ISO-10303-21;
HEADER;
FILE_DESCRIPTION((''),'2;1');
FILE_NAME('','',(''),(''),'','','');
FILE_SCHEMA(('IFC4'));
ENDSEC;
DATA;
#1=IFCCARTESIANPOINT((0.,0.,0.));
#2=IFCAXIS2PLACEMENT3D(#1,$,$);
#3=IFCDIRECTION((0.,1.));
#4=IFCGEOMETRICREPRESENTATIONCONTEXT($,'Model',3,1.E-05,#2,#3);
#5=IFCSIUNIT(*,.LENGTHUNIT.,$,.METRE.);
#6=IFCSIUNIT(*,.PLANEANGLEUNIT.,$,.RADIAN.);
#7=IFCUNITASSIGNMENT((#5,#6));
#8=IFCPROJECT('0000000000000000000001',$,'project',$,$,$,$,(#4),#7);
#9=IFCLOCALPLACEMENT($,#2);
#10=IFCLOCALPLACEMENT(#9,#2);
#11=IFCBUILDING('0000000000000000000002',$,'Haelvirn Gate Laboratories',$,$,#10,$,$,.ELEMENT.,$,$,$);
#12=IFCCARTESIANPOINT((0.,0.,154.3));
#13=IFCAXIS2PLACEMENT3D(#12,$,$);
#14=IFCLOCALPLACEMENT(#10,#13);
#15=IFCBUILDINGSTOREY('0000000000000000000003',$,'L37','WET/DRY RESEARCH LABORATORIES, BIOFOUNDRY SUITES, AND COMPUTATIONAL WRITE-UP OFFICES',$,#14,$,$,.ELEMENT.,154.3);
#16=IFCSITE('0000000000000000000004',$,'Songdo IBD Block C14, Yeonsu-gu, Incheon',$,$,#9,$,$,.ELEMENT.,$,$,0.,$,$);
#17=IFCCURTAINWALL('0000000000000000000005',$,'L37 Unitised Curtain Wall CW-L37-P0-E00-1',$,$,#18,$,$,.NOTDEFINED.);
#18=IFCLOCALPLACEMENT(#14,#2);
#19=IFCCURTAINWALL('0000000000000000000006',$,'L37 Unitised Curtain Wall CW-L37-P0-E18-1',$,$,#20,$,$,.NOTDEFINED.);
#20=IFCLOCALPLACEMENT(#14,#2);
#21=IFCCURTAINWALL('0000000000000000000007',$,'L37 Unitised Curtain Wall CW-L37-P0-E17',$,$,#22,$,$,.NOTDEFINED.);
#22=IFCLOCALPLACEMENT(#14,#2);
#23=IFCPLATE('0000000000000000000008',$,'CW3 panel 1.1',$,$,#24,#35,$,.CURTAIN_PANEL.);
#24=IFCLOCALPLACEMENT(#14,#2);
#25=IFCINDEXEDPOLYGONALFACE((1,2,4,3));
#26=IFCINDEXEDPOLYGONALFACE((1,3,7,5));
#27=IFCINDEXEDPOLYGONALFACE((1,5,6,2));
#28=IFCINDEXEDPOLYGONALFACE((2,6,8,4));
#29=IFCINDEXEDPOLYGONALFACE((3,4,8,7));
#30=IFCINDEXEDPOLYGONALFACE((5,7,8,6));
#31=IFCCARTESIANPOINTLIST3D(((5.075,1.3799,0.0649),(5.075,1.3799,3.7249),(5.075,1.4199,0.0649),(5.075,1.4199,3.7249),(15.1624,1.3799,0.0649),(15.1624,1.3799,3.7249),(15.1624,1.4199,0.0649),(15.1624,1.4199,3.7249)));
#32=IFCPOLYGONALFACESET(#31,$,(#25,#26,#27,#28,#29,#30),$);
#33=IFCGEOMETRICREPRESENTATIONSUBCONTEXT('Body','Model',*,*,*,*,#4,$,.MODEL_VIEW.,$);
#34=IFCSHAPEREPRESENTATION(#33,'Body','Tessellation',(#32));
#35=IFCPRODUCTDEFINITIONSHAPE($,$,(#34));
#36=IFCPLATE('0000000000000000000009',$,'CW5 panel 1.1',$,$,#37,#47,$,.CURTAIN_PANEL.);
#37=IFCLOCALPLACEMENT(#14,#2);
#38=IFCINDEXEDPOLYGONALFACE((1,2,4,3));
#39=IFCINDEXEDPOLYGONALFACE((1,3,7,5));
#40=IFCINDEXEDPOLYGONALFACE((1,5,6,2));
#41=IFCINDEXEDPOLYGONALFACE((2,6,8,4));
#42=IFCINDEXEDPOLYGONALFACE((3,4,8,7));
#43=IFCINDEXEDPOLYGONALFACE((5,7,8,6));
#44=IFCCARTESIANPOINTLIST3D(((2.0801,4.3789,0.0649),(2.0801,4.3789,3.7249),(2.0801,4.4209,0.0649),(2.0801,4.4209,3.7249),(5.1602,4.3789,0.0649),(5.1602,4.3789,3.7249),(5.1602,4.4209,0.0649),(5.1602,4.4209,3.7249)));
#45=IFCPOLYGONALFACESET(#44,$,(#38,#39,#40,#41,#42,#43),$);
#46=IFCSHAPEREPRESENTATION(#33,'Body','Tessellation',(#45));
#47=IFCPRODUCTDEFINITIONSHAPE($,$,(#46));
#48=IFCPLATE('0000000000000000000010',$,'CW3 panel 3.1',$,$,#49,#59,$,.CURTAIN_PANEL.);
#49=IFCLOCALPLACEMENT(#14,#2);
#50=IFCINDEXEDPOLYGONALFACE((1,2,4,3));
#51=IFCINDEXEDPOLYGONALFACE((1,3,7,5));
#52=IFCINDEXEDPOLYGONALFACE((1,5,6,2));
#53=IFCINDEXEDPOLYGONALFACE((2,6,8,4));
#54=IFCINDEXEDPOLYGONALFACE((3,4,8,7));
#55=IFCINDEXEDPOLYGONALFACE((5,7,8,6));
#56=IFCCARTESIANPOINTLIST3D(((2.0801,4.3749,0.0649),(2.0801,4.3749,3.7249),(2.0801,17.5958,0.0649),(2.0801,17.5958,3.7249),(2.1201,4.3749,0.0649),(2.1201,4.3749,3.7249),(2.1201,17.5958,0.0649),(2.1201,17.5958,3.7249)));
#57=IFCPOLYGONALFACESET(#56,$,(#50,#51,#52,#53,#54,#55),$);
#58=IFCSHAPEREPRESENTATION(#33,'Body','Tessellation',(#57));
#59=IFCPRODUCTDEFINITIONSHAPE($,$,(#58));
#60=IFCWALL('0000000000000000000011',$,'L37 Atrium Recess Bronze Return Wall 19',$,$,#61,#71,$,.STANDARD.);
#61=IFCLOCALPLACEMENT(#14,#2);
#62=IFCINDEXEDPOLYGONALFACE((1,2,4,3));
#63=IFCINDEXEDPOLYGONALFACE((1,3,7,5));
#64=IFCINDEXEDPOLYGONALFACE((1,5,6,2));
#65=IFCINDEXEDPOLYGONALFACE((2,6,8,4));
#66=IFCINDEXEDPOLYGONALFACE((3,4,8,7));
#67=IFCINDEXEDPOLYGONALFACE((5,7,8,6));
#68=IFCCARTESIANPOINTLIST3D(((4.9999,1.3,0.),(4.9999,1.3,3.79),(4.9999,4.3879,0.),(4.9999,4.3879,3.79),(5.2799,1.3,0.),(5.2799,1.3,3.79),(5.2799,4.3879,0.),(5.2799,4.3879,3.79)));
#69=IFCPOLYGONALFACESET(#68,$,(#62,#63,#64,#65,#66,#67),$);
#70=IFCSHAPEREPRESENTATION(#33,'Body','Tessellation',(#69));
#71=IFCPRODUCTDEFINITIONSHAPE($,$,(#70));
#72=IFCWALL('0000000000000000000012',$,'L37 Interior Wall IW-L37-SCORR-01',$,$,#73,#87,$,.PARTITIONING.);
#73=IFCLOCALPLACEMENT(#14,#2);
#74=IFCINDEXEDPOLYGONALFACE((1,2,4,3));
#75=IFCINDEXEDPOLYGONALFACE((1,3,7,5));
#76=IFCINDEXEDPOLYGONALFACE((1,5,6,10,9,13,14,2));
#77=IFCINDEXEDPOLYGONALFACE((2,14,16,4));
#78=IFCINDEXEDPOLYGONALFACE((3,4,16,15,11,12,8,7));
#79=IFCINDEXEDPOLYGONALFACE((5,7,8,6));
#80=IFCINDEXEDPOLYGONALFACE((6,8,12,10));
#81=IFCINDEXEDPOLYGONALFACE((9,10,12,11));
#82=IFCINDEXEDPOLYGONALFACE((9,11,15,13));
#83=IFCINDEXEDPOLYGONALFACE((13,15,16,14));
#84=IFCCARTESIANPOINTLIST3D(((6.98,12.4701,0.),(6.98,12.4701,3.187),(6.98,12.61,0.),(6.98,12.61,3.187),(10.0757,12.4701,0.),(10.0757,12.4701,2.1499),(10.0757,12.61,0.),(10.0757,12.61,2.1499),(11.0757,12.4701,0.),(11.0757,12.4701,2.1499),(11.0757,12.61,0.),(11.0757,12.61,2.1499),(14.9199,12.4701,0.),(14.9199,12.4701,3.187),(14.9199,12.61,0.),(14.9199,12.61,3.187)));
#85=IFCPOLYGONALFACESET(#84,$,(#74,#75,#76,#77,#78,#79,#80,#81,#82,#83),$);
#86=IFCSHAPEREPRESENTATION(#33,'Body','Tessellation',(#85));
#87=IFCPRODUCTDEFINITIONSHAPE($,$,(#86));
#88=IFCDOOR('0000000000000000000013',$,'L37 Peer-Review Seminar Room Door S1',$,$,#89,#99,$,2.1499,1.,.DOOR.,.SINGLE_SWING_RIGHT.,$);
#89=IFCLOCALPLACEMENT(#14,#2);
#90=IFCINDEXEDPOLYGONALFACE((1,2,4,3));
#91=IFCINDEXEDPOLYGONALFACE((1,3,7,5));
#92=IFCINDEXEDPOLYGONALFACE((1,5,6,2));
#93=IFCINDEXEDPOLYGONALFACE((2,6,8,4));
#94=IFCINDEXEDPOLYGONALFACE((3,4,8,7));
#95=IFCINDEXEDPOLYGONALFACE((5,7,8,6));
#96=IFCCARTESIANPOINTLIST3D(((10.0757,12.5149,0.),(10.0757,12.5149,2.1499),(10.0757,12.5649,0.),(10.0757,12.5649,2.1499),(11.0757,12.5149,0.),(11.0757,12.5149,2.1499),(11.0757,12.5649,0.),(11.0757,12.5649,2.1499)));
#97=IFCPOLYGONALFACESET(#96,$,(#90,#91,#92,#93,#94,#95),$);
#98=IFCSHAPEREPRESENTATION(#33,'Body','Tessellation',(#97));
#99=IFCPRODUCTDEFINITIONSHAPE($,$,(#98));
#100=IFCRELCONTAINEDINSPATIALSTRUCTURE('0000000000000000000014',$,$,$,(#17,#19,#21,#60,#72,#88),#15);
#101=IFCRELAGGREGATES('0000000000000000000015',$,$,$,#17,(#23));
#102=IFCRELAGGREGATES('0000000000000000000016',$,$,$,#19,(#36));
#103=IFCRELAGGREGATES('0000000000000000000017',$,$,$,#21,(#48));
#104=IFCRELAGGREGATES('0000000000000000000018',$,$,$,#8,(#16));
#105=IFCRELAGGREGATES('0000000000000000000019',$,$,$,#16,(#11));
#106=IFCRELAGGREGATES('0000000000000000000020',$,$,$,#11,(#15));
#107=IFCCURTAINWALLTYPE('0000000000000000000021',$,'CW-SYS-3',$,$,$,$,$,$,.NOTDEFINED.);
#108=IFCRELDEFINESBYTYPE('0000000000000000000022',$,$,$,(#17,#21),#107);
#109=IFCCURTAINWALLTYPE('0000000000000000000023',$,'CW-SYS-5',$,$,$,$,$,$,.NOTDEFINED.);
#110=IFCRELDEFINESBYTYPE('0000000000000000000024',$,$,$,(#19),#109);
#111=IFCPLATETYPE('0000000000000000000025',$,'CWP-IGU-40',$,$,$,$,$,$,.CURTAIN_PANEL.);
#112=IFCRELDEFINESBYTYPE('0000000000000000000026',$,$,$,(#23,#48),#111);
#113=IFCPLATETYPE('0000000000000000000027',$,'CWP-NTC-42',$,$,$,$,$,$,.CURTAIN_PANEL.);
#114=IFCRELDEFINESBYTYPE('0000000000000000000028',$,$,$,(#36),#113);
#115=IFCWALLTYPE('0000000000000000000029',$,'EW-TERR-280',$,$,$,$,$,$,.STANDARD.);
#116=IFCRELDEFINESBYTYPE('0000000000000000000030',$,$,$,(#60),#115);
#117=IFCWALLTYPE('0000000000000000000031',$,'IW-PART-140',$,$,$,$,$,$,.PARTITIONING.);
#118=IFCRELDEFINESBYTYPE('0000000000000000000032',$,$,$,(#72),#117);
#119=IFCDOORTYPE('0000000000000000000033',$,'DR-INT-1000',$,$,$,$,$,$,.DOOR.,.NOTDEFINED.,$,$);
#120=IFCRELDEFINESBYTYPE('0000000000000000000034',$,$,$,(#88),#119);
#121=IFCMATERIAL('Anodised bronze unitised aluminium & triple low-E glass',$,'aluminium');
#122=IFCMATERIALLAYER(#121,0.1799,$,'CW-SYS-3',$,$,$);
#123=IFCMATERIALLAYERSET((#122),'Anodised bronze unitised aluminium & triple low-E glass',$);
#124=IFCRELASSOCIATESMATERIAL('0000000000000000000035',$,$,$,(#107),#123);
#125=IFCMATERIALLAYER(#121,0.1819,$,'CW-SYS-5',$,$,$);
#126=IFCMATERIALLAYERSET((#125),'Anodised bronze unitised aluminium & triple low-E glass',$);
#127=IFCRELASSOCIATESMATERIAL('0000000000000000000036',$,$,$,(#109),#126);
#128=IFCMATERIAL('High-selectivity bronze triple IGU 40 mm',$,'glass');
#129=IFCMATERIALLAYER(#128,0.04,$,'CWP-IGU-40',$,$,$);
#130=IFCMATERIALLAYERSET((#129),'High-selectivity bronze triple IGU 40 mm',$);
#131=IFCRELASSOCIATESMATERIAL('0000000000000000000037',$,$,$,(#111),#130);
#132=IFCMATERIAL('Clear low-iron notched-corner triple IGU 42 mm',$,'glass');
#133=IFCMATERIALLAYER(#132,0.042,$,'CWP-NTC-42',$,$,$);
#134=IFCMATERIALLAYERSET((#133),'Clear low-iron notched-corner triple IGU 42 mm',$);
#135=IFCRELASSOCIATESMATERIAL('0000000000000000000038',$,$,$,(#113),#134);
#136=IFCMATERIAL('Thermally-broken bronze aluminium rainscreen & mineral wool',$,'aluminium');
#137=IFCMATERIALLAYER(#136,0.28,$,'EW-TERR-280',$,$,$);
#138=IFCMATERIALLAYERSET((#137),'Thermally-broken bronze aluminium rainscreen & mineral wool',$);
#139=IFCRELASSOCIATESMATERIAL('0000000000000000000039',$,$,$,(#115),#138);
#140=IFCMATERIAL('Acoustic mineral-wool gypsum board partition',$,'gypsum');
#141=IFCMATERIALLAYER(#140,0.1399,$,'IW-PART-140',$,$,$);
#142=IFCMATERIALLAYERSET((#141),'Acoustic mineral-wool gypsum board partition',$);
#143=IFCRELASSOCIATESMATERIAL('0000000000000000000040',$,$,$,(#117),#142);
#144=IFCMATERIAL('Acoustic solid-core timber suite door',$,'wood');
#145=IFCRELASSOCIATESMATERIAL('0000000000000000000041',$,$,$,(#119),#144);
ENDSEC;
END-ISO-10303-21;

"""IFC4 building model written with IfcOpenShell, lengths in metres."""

from ifc_helpers import new_model, si_unit, direction, frame, frame_2d, origin, origin_2d, place, context, subcontext, project, spatial, rectangle, extrude, source, transform, mapped, material, layer, layer_set, type_object, type_shapes, element, fill, aggregate, save


model = new_model("IFC4")

# Units and contexts
model_context = context("Model", 3, precision=1e-05, world=origin(), true_north=direction((0.0, 1.0)))
body_context = subcontext(model_context, "Body", "Model", "MODEL_VIEW")
ifc_project = project(units=[si_unit("LENGTHUNIT", "METRE"), si_unit("PLANEANGLEUNIT", "RADIAN")], contexts=[model_context])

# Site, building, storey
site_placement = place(None, origin())
site = spatial("IfcSite", under=ifc_project, at=site_placement, Name="Songdo IBD Block C14, Yeonsu-gu, Incheon", CompositionType="ELEMENT", RefElevation=0.0)
building_placement = place(site_placement, origin())
building = spatial("IfcBuilding", under=site, at=building_placement, Name="Haelvirn Gate Laboratories", CompositionType="ELEMENT")
storey_placement = place(building_placement, frame((0.0, 0.0, 154.3)))
storey = spatial("IfcBuildingStorey", under=building, at=storey_placement, Name="L37", Description="WET/DRY RESEARCH LABORATORIES, BIOFOUNDRY SUITES, AND COMPUTATIONAL WRITE-UP OFFICES", CompositionType="ELEMENT", Elevation=154.3)

# Curtain walls
ifc_material_1 = material(Name="Anodised bronze unitised aluminium & triple low-E glass", Category="aluminium")
ifc_layer_1 = layer(ifc_material_1, 0.1799, Name="CW-SYS-3")
ifc_layer_set_1 = layer_set([ifc_layer_1], Name="Anodised bronze unitised aluminium & triple low-E glass")
curtain_wall_type_1 = type_object("IfcCurtainWallType", Name="CW-SYS-3", PredefinedType="NOTDEFINED", material=ifc_layer_set_1)
curtain_wall_1_placement = place(storey_placement, origin())
curtain_wall_1 = element("IfcCurtainWall", 1, at=curtain_wall_1_placement, inside=storey, type_object=curtain_wall_type_1, Name="L37 Unitised Curtain Wall CW-L37-P0-E00-1", PredefinedType="NOTDEFINED")
ifc_layer_2 = layer(ifc_material_1, 0.1819, Name="CW-SYS-5")
ifc_layer_set_2 = layer_set([ifc_layer_2], Name="Anodised bronze unitised aluminium & triple low-E glass")
curtain_wall_type_2 = type_object("IfcCurtainWallType", Name="CW-SYS-5", PredefinedType="NOTDEFINED", material=ifc_layer_set_2)
curtain_wall_2_placement = place(storey_placement, origin())
curtain_wall_2 = element("IfcCurtainWall", 2, at=curtain_wall_2_placement, inside=storey, type_object=curtain_wall_type_2, Name="L37 Unitised Curtain Wall CW-L37-P0-E18-1", PredefinedType="NOTDEFINED")

# Curtain wall
curtain_wall_3_placement = place(storey_placement, origin())
curtain_wall_3 = element("IfcCurtainWall", 3, at=curtain_wall_3_placement, inside=storey, type_object=curtain_wall_type_1, Name="L37 Unitised Curtain Wall CW-L37-P0-E17", PredefinedType="NOTDEFINED")

# Plates
ifc_material_2 = material(Name="High-selectivity bronze triple IGU 40 mm", Category="glass")
ifc_layer_3 = layer(ifc_material_2, 0.04, Name="CWP-IGU-40")
ifc_layer_set_3 = layer_set([ifc_layer_3], Name="High-selectivity bronze triple IGU 40 mm")
plate_type_1 = type_object("IfcPlateType", Name="CWP-IGU-40", PredefinedType="CURTAIN_PANEL", material=ifc_layer_set_3)
shared_shape_1 = source(origin(), body_context, "Body", "SweptSolid", [
    extrude(rectangle(XDim=10.0874, YDim=0.04, at=origin_2d()), origin(), (0.0, 0.0, 1.0), 3.6599),
])
plate_1_placement = place(storey_placement, frame((10.1187, 1.3999, 0.0649), z_axis=(0.0, 0.0, 1.0), x_axis=(1.0, 0.0, 0.0)))
plate_1 = element("IfcPlate", 4, at=plate_1_placement, type_object=plate_type_1, Name="CW3 panel 1.1", PredefinedType="CURTAIN_PANEL", context=body_context, shape_type="MappedRepresentation", body=[
    mapped(shared_shape_1, transform((0.0, 0.0, 0.0), scale=1.0)),
])
aggregate(curtain_wall_1, [plate_1])
ifc_material_3 = material(Name="Clear low-iron notched-corner triple IGU 42 mm", Category="glass")
ifc_layer_4 = layer(ifc_material_3, 0.042, Name="CWP-NTC-42")
ifc_layer_set_4 = layer_set([ifc_layer_4], Name="Clear low-iron notched-corner triple IGU 42 mm")
plate_type_2 = type_object("IfcPlateType", Name="CWP-NTC-42", PredefinedType="CURTAIN_PANEL", material=ifc_layer_set_4)
shared_shape_2 = source(origin(), body_context, "Body", "SweptSolid", [
    extrude(rectangle(XDim=3.0801, YDim=0.042, at=origin_2d()), origin(), (0.0, 0.0, 1.0), 3.6599),
])
type_shapes(plate_type_2, [shared_shape_2])
plate_2_placement = place(storey_placement, frame((3.6201, 4.3999, 0.0649), z_axis=(0.0, 0.0, 1.0), x_axis=(1.0, 0.0, 0.0)))
plate_2 = element("IfcPlate", 5, at=plate_2_placement, type_object=plate_type_2, Name="CW5 panel 1.1", PredefinedType="CURTAIN_PANEL", context=body_context, shape_type="MappedRepresentation", body=[
    mapped(shared_shape_2, transform((0.0, 0.0, 0.0), scale=1.0)),
])
aggregate(curtain_wall_2, [plate_2])
shared_shape_3 = source(origin(), body_context, "Body", "SweptSolid", [
    extrude(rectangle(XDim=13.2209, YDim=0.04, at=origin_2d()), origin(), (0.0, 0.0, 1.0), 3.6599),
])
type_shapes(plate_type_1, [shared_shape_1, shared_shape_3])
plate_3_placement = place(storey_placement, frame((2.1001, 10.9854, 0.0649), z_axis=(0.0, 0.0, 1.0), x_axis=(0.0, -1.0, 0.0)))
plate_3 = element("IfcPlate", 6, at=plate_3_placement, type_object=plate_type_1, Name="CW3 panel 3.1", PredefinedType="CURTAIN_PANEL", context=body_context, shape_type="MappedRepresentation", body=[
    mapped(shared_shape_3, transform((0.0, 0.0, 0.0), scale=1.0)),
])
aggregate(curtain_wall_3, [plate_3])

# Wall
ifc_material_4 = material(Name="Thermally-broken bronze aluminium rainscreen & mineral wool", Category="aluminium")
ifc_layer_5 = layer(ifc_material_4, 0.28, Name="EW-TERR-280")
ifc_layer_set_5 = layer_set([ifc_layer_5], Name="Thermally-broken bronze aluminium rainscreen & mineral wool")
wall_type_1 = type_object("IfcWallType", Name="EW-TERR-280", PredefinedType="STANDARD", material=ifc_layer_set_5)
wall_1_placement = place(storey_placement, frame((5.1399, 4.3879, 0.0), z_axis=(0.0, 0.0, 1.0), x_axis=(0.0, -1.0, 0.0)))
element("IfcWall", 7, at=wall_1_placement, inside=storey, type_object=wall_type_1, Name="L37 Atrium Recess Bronze Return Wall 19", PredefinedType="STANDARD", context=body_context, shape_type="SweptSolid", body=[
    extrude(rectangle(XDim=3.0879, YDim=0.28, at=frame_2d((1.5439, 0.0))), origin(), (0.0, 0.0, 1.0), 3.79),
])

# Wall, opening, door
ifc_material_5 = material(Name="Acoustic mineral-wool gypsum board partition", Category="gypsum")
ifc_layer_6 = layer(ifc_material_5, 0.1399, Name="IW-PART-140")
ifc_layer_set_6 = layer_set([ifc_layer_6], Name="Acoustic mineral-wool gypsum board partition")
wall_type_2 = type_object("IfcWallType", Name="IW-PART-140", PredefinedType="PARTITIONING", material=ifc_layer_set_6)
wall_2_placement = place(storey_placement, frame((6.98, 12.54, 0.0), z_axis=(0.0, 0.0, 1.0), x_axis=(1.0, 0.0, 0.0)))
wall_2 = element("IfcWall", 8, at=wall_2_placement, inside=storey, type_object=wall_type_2, Name="L37 Interior Wall IW-L37-SCORR-01", PredefinedType="PARTITIONING", context=body_context, shape_type="SweptSolid", body=[
    extrude(rectangle(XDim=7.9399, YDim=0.1399, at=frame_2d((3.97, 0.0))), origin(), (0.0, 0.0, 1.0), 3.187),
])
opening_placement = place(wall_2_placement, frame((3.0957, 0.0, 0.0)))
opening = element("IfcOpeningElement", 9, at=opening_placement, cuts=wall_2, PredefinedType="OPENING", context=body_context, shape_type="SweptSolid", body=[
    extrude(rectangle(XDim=1.0, YDim=2.1499, at=frame_2d((0.5, 1.075))), frame((0.0, 0.0801, 0.0), z_axis=(0.0, -1.0, 0.0), x_axis=(1.0, 0.0, 0.0)), (0.0, 0.0, 1.0), 0.1599),
])
ifc_material_6 = material(Name="Acoustic solid-core timber suite door", Category="wood")
door_type = type_object("IfcDoorType", Name="DR-INT-1000", OperationType="NOTDEFINED", PredefinedType="DOOR", material=ifc_material_6)
shared_shape_4 = source(origin(), body_context, "Body", "SweptSolid", [
    extrude(rectangle(XDim=1.0, YDim=2.1499, at=frame_2d((0.5, 1.075))), frame((0.0, 0.0249, 0.0), z_axis=(0.0, -1.0, 0.0), x_axis=(1.0, 0.0, 0.0)), (0.0, 0.0, 1.0), 0.05),
])
type_shapes(door_type, [shared_shape_4])
door_placement = place(opening_placement, origin())
door = element("IfcDoor", 10, at=door_placement, inside=storey, type_object=door_type, Name="L37 Peer-Review Seminar Room Door S1", OperationType="SINGLE_SWING_RIGHT", OverallHeight=2.1499, OverallWidth=1.0, PredefinedType="DOOR", context=body_context, shape_type="MappedRepresentation", body=[
    mapped(shared_shape_4, transform((0.0, 0.0, 0.0), scale=1.0)),
])
fill(opening, door)

save(model, "model.ifc")
